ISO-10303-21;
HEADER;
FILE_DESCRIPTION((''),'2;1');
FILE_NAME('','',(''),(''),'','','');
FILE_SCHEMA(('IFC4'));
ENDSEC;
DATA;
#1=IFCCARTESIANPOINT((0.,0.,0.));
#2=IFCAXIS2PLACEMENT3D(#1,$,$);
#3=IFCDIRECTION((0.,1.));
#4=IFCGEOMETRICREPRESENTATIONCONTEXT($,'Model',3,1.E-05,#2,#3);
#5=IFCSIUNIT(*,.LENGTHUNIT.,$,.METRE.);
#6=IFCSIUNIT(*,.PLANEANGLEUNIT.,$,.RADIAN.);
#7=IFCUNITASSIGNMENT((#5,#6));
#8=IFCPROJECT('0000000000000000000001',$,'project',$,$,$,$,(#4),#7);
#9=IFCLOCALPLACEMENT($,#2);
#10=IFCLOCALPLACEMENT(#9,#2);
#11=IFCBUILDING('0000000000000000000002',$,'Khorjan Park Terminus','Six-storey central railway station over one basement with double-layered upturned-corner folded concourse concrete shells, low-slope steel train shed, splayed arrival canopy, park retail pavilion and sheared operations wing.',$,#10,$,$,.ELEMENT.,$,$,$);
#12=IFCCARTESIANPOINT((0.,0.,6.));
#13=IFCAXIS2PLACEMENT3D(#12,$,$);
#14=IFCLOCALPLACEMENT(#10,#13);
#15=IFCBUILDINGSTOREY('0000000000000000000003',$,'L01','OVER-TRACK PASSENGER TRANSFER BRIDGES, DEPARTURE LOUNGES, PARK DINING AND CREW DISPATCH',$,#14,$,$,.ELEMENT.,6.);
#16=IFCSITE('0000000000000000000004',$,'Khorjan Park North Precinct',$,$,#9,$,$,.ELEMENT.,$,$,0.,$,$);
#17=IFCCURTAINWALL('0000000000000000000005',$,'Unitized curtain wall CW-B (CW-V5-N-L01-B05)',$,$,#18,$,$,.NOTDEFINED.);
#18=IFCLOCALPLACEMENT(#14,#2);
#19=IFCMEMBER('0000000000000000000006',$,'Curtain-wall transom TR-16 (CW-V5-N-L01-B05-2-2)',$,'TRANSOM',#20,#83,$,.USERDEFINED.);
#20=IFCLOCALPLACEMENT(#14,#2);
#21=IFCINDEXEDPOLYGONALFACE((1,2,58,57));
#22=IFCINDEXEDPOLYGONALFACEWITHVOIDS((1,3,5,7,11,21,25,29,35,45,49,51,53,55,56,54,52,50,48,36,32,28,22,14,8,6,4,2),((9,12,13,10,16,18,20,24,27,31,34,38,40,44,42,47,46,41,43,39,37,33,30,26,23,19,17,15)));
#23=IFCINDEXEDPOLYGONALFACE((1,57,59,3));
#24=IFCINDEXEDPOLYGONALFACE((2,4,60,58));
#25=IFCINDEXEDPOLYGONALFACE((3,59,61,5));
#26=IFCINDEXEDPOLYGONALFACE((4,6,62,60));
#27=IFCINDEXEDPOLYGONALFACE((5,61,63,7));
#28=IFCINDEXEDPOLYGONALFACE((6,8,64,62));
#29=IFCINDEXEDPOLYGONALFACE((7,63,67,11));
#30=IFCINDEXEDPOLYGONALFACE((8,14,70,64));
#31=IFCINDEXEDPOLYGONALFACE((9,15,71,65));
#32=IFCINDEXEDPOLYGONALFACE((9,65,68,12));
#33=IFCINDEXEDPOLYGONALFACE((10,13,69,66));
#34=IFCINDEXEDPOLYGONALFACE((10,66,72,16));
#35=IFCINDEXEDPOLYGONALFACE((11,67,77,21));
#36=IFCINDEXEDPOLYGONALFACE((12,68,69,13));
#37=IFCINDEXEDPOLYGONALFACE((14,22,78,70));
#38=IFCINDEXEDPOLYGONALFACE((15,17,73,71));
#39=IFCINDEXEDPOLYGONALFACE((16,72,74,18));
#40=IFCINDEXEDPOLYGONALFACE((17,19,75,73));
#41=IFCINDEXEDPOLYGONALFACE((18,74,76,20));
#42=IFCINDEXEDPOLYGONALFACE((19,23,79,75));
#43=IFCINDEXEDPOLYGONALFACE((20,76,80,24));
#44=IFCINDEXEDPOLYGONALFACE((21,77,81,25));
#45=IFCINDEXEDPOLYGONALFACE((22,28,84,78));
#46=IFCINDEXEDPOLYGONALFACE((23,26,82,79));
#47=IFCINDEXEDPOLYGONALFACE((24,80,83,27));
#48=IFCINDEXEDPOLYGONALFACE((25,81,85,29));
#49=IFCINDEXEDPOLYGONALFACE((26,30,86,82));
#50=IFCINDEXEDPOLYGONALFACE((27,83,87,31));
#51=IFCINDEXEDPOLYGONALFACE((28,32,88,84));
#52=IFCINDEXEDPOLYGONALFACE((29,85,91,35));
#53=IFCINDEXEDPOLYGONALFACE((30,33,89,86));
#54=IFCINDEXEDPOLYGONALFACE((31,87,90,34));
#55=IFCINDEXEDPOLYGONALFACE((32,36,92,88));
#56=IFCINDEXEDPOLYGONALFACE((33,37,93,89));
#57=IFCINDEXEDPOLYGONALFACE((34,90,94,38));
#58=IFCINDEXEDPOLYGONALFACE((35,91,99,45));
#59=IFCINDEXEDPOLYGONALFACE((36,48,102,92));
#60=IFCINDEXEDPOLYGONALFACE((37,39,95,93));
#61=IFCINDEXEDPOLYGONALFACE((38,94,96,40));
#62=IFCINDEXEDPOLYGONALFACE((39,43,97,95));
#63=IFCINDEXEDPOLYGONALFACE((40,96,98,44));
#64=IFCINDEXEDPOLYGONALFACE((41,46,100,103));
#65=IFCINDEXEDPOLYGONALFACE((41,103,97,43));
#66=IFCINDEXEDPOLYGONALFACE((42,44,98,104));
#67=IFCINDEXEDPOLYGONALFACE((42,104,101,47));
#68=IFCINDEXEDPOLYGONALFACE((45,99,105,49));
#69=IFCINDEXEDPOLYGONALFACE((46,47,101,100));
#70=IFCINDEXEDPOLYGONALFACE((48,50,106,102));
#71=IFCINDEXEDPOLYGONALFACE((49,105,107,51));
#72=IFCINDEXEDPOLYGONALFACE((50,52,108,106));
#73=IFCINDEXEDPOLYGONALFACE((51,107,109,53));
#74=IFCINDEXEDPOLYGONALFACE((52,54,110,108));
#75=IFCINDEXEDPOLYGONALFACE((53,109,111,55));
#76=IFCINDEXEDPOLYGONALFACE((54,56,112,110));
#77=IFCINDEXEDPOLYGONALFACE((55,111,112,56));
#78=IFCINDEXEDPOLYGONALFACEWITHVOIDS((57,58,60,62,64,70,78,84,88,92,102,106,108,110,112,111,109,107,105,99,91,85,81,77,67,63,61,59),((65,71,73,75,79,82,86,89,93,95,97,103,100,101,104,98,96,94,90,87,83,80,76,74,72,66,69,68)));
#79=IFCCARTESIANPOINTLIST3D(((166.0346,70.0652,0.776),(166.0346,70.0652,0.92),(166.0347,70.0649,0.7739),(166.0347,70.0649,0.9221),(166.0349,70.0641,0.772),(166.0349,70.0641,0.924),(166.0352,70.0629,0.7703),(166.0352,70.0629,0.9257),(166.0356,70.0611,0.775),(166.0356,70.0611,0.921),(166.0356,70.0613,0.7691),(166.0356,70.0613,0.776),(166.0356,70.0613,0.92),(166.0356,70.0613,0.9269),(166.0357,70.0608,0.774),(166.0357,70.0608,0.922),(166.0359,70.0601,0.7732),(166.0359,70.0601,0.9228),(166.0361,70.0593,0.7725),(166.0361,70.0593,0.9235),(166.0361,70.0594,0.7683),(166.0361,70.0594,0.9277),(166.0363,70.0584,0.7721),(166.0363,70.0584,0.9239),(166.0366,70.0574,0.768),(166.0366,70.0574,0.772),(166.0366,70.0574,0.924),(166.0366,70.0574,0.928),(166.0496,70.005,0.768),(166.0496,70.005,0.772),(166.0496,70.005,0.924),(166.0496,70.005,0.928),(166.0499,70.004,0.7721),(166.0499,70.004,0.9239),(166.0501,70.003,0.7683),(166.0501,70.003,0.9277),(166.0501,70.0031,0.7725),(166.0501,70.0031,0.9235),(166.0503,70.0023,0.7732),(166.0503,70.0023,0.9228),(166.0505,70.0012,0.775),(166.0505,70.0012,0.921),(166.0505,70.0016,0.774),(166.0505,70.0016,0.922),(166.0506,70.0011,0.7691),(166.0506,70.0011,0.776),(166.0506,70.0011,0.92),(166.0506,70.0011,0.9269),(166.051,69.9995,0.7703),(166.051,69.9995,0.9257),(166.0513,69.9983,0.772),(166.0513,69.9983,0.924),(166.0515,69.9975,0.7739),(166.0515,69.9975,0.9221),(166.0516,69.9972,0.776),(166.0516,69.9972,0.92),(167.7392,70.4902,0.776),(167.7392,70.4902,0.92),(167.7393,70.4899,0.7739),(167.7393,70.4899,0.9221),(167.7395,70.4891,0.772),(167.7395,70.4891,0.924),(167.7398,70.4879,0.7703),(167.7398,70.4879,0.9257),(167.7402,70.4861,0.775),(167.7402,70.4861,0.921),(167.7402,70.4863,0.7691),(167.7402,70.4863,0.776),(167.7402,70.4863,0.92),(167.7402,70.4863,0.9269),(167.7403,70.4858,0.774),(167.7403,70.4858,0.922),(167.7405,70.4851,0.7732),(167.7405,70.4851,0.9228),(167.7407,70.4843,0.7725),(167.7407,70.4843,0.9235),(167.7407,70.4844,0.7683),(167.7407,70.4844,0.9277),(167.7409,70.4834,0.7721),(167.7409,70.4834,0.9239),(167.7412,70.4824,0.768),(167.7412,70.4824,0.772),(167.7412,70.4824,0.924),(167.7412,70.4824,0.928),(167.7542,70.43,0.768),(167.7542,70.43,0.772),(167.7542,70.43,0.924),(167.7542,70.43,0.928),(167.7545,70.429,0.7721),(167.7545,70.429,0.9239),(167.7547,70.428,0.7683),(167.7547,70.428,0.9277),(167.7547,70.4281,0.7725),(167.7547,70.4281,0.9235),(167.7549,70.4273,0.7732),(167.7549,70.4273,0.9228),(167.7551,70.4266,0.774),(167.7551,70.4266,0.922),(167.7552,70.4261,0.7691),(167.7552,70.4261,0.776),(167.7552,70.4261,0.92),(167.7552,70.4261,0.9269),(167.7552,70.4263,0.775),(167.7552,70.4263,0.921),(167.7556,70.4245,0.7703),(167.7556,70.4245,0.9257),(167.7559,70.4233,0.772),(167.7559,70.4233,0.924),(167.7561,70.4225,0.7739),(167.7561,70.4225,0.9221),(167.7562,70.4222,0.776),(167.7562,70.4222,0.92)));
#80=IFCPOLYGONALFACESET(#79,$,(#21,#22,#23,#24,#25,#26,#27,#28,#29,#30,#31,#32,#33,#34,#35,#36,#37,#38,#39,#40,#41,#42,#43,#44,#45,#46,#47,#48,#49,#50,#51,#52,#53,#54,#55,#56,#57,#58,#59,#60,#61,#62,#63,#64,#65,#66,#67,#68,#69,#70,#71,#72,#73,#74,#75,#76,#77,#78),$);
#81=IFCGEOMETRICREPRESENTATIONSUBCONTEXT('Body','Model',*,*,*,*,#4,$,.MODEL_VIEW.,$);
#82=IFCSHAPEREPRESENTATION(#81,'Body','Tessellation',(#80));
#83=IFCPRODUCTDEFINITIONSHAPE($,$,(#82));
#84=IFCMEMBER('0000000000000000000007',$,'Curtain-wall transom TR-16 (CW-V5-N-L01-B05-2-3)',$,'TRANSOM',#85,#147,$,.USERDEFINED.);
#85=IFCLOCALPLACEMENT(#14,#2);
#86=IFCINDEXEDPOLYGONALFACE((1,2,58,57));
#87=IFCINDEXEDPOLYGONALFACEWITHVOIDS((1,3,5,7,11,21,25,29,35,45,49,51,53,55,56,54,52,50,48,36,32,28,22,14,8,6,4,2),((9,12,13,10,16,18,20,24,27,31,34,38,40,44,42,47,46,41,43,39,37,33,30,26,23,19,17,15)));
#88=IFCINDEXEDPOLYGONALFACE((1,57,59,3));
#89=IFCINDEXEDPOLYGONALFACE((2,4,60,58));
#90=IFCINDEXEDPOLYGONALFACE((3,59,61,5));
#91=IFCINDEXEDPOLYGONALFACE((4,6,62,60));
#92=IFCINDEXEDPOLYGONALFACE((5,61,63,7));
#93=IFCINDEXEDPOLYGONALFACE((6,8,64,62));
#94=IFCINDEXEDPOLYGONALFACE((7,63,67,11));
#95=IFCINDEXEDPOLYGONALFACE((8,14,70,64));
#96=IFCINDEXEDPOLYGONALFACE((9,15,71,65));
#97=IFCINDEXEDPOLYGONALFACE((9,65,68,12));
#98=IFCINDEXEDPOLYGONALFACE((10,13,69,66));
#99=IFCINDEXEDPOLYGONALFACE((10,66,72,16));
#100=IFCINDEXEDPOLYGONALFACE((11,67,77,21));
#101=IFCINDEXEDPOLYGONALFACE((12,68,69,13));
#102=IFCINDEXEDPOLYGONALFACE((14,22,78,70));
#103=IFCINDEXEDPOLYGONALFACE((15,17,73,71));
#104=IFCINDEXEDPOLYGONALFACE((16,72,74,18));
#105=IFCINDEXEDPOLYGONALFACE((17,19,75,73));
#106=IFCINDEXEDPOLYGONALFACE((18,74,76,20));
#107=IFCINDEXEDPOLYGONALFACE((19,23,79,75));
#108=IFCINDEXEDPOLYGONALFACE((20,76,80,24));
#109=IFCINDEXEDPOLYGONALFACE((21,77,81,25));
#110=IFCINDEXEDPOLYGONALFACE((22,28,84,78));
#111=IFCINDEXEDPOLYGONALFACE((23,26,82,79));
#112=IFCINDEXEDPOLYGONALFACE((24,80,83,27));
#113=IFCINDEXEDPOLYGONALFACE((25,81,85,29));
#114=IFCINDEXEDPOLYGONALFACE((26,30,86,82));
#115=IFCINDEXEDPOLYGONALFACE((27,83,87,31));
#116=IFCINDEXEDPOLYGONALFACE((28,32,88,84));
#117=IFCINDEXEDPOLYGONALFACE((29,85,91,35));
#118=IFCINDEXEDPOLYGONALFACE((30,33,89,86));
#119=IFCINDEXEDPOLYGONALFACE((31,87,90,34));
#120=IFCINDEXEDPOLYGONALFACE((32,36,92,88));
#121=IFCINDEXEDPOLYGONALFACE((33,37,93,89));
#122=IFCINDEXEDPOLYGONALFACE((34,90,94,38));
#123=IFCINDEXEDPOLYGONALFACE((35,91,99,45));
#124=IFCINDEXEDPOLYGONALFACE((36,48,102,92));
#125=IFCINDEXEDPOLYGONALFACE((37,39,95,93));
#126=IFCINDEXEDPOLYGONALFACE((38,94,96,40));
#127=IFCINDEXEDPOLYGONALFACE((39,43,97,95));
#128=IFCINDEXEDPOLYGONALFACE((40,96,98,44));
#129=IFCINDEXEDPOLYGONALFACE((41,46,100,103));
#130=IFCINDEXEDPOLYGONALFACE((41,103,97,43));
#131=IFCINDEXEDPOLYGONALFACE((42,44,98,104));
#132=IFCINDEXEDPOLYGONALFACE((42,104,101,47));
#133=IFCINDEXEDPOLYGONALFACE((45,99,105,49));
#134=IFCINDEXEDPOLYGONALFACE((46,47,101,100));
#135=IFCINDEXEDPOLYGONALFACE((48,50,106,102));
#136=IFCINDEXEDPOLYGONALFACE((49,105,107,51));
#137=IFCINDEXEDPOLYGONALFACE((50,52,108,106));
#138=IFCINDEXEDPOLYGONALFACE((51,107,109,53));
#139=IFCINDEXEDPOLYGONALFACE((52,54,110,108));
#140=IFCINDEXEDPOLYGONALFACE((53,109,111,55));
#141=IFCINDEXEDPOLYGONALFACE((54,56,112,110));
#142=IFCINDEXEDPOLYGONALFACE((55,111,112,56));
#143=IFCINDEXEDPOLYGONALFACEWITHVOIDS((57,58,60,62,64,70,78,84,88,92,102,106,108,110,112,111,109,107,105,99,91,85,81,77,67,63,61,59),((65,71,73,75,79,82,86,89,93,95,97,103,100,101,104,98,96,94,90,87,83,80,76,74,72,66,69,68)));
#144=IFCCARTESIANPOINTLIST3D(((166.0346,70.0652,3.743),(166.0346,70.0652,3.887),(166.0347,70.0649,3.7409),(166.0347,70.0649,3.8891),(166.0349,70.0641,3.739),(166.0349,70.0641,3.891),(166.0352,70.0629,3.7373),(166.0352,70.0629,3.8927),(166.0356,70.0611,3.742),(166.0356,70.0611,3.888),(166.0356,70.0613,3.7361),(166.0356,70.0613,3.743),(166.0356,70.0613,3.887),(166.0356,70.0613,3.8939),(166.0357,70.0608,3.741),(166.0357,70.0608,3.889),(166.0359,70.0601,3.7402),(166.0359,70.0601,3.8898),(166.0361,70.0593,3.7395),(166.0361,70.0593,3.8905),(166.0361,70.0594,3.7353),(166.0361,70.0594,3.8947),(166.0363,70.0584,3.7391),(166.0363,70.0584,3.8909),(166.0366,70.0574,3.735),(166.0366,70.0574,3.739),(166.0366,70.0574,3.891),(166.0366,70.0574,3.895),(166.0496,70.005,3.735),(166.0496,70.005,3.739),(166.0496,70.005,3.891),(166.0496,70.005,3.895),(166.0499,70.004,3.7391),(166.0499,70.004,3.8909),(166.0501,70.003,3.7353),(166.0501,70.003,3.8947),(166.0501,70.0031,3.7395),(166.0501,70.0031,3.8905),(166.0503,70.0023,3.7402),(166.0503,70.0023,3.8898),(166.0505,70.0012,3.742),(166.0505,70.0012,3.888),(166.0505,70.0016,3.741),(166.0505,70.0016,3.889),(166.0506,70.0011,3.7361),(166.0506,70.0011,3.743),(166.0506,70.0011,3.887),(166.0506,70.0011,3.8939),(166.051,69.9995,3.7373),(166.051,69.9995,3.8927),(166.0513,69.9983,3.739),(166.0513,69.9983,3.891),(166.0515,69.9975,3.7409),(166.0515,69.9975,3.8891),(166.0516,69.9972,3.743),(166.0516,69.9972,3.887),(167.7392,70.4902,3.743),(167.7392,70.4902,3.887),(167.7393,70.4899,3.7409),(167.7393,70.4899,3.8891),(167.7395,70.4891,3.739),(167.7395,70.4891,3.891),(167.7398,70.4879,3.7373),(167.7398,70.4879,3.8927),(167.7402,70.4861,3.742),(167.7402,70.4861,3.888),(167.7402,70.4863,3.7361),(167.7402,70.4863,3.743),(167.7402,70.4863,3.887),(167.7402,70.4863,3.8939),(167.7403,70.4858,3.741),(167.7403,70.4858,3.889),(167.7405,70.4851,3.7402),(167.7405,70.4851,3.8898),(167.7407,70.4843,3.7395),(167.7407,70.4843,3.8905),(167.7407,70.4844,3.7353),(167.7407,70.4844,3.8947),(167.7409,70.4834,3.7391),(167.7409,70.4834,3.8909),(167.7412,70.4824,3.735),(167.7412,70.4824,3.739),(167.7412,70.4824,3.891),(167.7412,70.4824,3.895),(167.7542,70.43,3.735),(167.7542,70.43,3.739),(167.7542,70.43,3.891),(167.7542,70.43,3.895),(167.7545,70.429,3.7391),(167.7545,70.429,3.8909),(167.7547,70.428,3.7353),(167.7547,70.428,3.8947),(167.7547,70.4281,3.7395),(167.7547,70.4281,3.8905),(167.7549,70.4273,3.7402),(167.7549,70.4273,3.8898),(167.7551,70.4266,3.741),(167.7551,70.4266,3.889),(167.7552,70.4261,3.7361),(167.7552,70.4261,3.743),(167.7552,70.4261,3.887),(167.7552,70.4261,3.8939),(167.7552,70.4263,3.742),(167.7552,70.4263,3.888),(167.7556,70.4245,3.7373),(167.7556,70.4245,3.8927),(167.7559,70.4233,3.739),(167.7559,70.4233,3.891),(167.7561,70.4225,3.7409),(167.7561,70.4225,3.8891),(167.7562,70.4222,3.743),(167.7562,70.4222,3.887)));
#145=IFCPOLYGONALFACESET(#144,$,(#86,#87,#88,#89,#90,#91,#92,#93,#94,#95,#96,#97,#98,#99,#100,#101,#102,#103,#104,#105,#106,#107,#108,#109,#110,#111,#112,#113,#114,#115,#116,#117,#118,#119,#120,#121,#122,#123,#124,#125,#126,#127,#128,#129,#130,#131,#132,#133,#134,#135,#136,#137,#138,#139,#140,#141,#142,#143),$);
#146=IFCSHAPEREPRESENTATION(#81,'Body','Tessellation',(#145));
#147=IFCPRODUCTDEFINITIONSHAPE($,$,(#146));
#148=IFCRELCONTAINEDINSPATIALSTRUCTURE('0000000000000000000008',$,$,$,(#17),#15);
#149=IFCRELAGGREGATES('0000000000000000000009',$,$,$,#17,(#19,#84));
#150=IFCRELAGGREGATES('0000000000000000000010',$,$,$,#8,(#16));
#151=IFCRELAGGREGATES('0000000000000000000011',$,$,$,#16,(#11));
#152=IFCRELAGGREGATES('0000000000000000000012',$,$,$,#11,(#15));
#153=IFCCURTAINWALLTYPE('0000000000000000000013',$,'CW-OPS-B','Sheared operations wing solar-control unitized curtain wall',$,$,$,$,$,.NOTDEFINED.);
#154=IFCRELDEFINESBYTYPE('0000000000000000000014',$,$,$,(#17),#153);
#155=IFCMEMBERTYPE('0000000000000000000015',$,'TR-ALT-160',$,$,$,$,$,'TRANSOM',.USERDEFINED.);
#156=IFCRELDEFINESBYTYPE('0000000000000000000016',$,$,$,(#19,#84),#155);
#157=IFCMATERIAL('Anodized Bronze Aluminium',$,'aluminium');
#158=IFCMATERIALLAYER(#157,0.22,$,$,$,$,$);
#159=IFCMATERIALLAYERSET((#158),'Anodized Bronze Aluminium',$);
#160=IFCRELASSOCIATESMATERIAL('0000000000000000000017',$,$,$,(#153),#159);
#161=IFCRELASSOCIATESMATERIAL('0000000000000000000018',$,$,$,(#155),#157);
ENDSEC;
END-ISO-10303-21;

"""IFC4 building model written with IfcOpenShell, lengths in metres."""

from ifc_helpers import new_model, si_unit, direction, frame, origin, origin_2d, place, context, subcontext, project, spatial, hollow_rectangle, extrude, material, layer, layer_set, material_profile, profile_set, type_object, element, aggregate, save


model = new_model("IFC4")

# Units and contexts
model_context = context("Model", 3, precision=1e-05, world=origin(), true_north=direction((0.0, 1.0)))
body_context = subcontext(model_context, "Body", "Model", "MODEL_VIEW")
ifc_project = project(units=[si_unit("LENGTHUNIT", "METRE"), si_unit("PLANEANGLEUNIT", "RADIAN")], contexts=[model_context])

# Site, building, storey
site_placement = place(None, origin())
site = spatial("IfcSite", under=ifc_project, at=site_placement, Name="Khorjan Park North Precinct", CompositionType="ELEMENT", RefElevation=0.0)
building_placement = place(site_placement, origin())
building = spatial("IfcBuilding", under=site, at=building_placement, Name="Khorjan Park Terminus", Description="Six-storey central railway station over one basement with double-layered upturned-corner folded concourse concrete shells, low-slope steel train shed, splayed arrival canopy, park retail pavilion and sheared operations wing.", CompositionType="ELEMENT")
storey_placement = place(building_placement, frame((0.0, 0.0, 6.0)))
storey = spatial("IfcBuildingStorey", under=building, at=storey_placement, Name="L01", Description="OVER-TRACK PASSENGER TRANSFER BRIDGES, DEPARTURE LOUNGES, PARK DINING AND CREW DISPATCH", CompositionType="ELEMENT", Elevation=6.0)

# Curtain wall, members
ifc_material_1 = material(Name="Anodized Bronze Aluminium", Category="aluminium")
ifc_layer_1 = layer(ifc_material_1, 0.22)
ifc_layer_set_1 = layer_set([ifc_layer_1], Name="Anodized Bronze Aluminium")
curtain_wall_type = type_object("IfcCurtainWallType", Name="CW-OPS-B", Description="Sheared operations wing solar-control unitized curtain wall", PredefinedType="NOTDEFINED", material=ifc_layer_set_1)
curtain_wall_placement = place(storey_placement, origin())
curtain_wall = element("IfcCurtainWall", 1, at=curtain_wall_placement, inside=storey, type_object=curtain_wall_type, Name="Unitized curtain wall CW-B (CW-V5-N-L01-B05)", PredefinedType="NOTDEFINED")
ifc_material_profile_1 = material_profile(ifc_material_1, hollow_rectangle(XDim=0.07, YDim=0.16, WallThickness=0.004, InnerFilletRadius=0.004, OuterFilletRadius=0.008, at=origin_2d()), Name="ALT 70x160x4")
ifc_profile_set_1 = profile_set([ifc_material_profile_1], Name="Anodized Bronze Aluminium")
member_type_1 = type_object("IfcMemberType", Name="TR-ALT-160", ElementType="TRANSOM", PredefinedType="USERDEFINED", material=ifc_profile_set_1)
member_1_placement = place(storey_placement, frame((167.7477, 70.4562, 0.848), z_axis=(-0.970296, -0.241919, 0.0), x_axis=(0.241919, -0.970296, 0.0)))
member_1 = element("IfcMember", 2, at=member_1_placement, type_object=member_type_1, Name="Curtain-wall transom TR-16 (CW-V5-N-L01-B05-2-2)", ObjectType="TRANSOM", PredefinedType="USERDEFINED", context=body_context, shape_type="SweptSolid", body=[
    extrude(hollow_rectangle(XDim=0.07, YDim=0.16, WallThickness=0.004, InnerFilletRadius=0.004, OuterFilletRadius=0.008, at=origin_2d()), origin(), (0.0, 0.0, 1.0), 1.7568),
])
member_2_placement = place(storey_placement, frame((167.7477, 70.4562, 3.815), z_axis=(-0.970296, -0.241919, 0.0), x_axis=(0.241919, -0.970296, 0.0)))
member_2 = element("IfcMember", 3, at=member_2_placement, type_object=member_type_1, Name="Curtain-wall transom TR-16 (CW-V5-N-L01-B05-2-3)", ObjectType="TRANSOM", PredefinedType="USERDEFINED", context=body_context, shape_type="SweptSolid", body=[
    extrude(hollow_rectangle(XDim=0.07, YDim=0.16, WallThickness=0.004, InnerFilletRadius=0.004, OuterFilletRadius=0.008, at=origin_2d()), origin(), (0.0, 0.0, 1.0), 1.7568),
])
aggregate(curtain_wall, [member_1, member_2])

save(model, "model.ifc")
